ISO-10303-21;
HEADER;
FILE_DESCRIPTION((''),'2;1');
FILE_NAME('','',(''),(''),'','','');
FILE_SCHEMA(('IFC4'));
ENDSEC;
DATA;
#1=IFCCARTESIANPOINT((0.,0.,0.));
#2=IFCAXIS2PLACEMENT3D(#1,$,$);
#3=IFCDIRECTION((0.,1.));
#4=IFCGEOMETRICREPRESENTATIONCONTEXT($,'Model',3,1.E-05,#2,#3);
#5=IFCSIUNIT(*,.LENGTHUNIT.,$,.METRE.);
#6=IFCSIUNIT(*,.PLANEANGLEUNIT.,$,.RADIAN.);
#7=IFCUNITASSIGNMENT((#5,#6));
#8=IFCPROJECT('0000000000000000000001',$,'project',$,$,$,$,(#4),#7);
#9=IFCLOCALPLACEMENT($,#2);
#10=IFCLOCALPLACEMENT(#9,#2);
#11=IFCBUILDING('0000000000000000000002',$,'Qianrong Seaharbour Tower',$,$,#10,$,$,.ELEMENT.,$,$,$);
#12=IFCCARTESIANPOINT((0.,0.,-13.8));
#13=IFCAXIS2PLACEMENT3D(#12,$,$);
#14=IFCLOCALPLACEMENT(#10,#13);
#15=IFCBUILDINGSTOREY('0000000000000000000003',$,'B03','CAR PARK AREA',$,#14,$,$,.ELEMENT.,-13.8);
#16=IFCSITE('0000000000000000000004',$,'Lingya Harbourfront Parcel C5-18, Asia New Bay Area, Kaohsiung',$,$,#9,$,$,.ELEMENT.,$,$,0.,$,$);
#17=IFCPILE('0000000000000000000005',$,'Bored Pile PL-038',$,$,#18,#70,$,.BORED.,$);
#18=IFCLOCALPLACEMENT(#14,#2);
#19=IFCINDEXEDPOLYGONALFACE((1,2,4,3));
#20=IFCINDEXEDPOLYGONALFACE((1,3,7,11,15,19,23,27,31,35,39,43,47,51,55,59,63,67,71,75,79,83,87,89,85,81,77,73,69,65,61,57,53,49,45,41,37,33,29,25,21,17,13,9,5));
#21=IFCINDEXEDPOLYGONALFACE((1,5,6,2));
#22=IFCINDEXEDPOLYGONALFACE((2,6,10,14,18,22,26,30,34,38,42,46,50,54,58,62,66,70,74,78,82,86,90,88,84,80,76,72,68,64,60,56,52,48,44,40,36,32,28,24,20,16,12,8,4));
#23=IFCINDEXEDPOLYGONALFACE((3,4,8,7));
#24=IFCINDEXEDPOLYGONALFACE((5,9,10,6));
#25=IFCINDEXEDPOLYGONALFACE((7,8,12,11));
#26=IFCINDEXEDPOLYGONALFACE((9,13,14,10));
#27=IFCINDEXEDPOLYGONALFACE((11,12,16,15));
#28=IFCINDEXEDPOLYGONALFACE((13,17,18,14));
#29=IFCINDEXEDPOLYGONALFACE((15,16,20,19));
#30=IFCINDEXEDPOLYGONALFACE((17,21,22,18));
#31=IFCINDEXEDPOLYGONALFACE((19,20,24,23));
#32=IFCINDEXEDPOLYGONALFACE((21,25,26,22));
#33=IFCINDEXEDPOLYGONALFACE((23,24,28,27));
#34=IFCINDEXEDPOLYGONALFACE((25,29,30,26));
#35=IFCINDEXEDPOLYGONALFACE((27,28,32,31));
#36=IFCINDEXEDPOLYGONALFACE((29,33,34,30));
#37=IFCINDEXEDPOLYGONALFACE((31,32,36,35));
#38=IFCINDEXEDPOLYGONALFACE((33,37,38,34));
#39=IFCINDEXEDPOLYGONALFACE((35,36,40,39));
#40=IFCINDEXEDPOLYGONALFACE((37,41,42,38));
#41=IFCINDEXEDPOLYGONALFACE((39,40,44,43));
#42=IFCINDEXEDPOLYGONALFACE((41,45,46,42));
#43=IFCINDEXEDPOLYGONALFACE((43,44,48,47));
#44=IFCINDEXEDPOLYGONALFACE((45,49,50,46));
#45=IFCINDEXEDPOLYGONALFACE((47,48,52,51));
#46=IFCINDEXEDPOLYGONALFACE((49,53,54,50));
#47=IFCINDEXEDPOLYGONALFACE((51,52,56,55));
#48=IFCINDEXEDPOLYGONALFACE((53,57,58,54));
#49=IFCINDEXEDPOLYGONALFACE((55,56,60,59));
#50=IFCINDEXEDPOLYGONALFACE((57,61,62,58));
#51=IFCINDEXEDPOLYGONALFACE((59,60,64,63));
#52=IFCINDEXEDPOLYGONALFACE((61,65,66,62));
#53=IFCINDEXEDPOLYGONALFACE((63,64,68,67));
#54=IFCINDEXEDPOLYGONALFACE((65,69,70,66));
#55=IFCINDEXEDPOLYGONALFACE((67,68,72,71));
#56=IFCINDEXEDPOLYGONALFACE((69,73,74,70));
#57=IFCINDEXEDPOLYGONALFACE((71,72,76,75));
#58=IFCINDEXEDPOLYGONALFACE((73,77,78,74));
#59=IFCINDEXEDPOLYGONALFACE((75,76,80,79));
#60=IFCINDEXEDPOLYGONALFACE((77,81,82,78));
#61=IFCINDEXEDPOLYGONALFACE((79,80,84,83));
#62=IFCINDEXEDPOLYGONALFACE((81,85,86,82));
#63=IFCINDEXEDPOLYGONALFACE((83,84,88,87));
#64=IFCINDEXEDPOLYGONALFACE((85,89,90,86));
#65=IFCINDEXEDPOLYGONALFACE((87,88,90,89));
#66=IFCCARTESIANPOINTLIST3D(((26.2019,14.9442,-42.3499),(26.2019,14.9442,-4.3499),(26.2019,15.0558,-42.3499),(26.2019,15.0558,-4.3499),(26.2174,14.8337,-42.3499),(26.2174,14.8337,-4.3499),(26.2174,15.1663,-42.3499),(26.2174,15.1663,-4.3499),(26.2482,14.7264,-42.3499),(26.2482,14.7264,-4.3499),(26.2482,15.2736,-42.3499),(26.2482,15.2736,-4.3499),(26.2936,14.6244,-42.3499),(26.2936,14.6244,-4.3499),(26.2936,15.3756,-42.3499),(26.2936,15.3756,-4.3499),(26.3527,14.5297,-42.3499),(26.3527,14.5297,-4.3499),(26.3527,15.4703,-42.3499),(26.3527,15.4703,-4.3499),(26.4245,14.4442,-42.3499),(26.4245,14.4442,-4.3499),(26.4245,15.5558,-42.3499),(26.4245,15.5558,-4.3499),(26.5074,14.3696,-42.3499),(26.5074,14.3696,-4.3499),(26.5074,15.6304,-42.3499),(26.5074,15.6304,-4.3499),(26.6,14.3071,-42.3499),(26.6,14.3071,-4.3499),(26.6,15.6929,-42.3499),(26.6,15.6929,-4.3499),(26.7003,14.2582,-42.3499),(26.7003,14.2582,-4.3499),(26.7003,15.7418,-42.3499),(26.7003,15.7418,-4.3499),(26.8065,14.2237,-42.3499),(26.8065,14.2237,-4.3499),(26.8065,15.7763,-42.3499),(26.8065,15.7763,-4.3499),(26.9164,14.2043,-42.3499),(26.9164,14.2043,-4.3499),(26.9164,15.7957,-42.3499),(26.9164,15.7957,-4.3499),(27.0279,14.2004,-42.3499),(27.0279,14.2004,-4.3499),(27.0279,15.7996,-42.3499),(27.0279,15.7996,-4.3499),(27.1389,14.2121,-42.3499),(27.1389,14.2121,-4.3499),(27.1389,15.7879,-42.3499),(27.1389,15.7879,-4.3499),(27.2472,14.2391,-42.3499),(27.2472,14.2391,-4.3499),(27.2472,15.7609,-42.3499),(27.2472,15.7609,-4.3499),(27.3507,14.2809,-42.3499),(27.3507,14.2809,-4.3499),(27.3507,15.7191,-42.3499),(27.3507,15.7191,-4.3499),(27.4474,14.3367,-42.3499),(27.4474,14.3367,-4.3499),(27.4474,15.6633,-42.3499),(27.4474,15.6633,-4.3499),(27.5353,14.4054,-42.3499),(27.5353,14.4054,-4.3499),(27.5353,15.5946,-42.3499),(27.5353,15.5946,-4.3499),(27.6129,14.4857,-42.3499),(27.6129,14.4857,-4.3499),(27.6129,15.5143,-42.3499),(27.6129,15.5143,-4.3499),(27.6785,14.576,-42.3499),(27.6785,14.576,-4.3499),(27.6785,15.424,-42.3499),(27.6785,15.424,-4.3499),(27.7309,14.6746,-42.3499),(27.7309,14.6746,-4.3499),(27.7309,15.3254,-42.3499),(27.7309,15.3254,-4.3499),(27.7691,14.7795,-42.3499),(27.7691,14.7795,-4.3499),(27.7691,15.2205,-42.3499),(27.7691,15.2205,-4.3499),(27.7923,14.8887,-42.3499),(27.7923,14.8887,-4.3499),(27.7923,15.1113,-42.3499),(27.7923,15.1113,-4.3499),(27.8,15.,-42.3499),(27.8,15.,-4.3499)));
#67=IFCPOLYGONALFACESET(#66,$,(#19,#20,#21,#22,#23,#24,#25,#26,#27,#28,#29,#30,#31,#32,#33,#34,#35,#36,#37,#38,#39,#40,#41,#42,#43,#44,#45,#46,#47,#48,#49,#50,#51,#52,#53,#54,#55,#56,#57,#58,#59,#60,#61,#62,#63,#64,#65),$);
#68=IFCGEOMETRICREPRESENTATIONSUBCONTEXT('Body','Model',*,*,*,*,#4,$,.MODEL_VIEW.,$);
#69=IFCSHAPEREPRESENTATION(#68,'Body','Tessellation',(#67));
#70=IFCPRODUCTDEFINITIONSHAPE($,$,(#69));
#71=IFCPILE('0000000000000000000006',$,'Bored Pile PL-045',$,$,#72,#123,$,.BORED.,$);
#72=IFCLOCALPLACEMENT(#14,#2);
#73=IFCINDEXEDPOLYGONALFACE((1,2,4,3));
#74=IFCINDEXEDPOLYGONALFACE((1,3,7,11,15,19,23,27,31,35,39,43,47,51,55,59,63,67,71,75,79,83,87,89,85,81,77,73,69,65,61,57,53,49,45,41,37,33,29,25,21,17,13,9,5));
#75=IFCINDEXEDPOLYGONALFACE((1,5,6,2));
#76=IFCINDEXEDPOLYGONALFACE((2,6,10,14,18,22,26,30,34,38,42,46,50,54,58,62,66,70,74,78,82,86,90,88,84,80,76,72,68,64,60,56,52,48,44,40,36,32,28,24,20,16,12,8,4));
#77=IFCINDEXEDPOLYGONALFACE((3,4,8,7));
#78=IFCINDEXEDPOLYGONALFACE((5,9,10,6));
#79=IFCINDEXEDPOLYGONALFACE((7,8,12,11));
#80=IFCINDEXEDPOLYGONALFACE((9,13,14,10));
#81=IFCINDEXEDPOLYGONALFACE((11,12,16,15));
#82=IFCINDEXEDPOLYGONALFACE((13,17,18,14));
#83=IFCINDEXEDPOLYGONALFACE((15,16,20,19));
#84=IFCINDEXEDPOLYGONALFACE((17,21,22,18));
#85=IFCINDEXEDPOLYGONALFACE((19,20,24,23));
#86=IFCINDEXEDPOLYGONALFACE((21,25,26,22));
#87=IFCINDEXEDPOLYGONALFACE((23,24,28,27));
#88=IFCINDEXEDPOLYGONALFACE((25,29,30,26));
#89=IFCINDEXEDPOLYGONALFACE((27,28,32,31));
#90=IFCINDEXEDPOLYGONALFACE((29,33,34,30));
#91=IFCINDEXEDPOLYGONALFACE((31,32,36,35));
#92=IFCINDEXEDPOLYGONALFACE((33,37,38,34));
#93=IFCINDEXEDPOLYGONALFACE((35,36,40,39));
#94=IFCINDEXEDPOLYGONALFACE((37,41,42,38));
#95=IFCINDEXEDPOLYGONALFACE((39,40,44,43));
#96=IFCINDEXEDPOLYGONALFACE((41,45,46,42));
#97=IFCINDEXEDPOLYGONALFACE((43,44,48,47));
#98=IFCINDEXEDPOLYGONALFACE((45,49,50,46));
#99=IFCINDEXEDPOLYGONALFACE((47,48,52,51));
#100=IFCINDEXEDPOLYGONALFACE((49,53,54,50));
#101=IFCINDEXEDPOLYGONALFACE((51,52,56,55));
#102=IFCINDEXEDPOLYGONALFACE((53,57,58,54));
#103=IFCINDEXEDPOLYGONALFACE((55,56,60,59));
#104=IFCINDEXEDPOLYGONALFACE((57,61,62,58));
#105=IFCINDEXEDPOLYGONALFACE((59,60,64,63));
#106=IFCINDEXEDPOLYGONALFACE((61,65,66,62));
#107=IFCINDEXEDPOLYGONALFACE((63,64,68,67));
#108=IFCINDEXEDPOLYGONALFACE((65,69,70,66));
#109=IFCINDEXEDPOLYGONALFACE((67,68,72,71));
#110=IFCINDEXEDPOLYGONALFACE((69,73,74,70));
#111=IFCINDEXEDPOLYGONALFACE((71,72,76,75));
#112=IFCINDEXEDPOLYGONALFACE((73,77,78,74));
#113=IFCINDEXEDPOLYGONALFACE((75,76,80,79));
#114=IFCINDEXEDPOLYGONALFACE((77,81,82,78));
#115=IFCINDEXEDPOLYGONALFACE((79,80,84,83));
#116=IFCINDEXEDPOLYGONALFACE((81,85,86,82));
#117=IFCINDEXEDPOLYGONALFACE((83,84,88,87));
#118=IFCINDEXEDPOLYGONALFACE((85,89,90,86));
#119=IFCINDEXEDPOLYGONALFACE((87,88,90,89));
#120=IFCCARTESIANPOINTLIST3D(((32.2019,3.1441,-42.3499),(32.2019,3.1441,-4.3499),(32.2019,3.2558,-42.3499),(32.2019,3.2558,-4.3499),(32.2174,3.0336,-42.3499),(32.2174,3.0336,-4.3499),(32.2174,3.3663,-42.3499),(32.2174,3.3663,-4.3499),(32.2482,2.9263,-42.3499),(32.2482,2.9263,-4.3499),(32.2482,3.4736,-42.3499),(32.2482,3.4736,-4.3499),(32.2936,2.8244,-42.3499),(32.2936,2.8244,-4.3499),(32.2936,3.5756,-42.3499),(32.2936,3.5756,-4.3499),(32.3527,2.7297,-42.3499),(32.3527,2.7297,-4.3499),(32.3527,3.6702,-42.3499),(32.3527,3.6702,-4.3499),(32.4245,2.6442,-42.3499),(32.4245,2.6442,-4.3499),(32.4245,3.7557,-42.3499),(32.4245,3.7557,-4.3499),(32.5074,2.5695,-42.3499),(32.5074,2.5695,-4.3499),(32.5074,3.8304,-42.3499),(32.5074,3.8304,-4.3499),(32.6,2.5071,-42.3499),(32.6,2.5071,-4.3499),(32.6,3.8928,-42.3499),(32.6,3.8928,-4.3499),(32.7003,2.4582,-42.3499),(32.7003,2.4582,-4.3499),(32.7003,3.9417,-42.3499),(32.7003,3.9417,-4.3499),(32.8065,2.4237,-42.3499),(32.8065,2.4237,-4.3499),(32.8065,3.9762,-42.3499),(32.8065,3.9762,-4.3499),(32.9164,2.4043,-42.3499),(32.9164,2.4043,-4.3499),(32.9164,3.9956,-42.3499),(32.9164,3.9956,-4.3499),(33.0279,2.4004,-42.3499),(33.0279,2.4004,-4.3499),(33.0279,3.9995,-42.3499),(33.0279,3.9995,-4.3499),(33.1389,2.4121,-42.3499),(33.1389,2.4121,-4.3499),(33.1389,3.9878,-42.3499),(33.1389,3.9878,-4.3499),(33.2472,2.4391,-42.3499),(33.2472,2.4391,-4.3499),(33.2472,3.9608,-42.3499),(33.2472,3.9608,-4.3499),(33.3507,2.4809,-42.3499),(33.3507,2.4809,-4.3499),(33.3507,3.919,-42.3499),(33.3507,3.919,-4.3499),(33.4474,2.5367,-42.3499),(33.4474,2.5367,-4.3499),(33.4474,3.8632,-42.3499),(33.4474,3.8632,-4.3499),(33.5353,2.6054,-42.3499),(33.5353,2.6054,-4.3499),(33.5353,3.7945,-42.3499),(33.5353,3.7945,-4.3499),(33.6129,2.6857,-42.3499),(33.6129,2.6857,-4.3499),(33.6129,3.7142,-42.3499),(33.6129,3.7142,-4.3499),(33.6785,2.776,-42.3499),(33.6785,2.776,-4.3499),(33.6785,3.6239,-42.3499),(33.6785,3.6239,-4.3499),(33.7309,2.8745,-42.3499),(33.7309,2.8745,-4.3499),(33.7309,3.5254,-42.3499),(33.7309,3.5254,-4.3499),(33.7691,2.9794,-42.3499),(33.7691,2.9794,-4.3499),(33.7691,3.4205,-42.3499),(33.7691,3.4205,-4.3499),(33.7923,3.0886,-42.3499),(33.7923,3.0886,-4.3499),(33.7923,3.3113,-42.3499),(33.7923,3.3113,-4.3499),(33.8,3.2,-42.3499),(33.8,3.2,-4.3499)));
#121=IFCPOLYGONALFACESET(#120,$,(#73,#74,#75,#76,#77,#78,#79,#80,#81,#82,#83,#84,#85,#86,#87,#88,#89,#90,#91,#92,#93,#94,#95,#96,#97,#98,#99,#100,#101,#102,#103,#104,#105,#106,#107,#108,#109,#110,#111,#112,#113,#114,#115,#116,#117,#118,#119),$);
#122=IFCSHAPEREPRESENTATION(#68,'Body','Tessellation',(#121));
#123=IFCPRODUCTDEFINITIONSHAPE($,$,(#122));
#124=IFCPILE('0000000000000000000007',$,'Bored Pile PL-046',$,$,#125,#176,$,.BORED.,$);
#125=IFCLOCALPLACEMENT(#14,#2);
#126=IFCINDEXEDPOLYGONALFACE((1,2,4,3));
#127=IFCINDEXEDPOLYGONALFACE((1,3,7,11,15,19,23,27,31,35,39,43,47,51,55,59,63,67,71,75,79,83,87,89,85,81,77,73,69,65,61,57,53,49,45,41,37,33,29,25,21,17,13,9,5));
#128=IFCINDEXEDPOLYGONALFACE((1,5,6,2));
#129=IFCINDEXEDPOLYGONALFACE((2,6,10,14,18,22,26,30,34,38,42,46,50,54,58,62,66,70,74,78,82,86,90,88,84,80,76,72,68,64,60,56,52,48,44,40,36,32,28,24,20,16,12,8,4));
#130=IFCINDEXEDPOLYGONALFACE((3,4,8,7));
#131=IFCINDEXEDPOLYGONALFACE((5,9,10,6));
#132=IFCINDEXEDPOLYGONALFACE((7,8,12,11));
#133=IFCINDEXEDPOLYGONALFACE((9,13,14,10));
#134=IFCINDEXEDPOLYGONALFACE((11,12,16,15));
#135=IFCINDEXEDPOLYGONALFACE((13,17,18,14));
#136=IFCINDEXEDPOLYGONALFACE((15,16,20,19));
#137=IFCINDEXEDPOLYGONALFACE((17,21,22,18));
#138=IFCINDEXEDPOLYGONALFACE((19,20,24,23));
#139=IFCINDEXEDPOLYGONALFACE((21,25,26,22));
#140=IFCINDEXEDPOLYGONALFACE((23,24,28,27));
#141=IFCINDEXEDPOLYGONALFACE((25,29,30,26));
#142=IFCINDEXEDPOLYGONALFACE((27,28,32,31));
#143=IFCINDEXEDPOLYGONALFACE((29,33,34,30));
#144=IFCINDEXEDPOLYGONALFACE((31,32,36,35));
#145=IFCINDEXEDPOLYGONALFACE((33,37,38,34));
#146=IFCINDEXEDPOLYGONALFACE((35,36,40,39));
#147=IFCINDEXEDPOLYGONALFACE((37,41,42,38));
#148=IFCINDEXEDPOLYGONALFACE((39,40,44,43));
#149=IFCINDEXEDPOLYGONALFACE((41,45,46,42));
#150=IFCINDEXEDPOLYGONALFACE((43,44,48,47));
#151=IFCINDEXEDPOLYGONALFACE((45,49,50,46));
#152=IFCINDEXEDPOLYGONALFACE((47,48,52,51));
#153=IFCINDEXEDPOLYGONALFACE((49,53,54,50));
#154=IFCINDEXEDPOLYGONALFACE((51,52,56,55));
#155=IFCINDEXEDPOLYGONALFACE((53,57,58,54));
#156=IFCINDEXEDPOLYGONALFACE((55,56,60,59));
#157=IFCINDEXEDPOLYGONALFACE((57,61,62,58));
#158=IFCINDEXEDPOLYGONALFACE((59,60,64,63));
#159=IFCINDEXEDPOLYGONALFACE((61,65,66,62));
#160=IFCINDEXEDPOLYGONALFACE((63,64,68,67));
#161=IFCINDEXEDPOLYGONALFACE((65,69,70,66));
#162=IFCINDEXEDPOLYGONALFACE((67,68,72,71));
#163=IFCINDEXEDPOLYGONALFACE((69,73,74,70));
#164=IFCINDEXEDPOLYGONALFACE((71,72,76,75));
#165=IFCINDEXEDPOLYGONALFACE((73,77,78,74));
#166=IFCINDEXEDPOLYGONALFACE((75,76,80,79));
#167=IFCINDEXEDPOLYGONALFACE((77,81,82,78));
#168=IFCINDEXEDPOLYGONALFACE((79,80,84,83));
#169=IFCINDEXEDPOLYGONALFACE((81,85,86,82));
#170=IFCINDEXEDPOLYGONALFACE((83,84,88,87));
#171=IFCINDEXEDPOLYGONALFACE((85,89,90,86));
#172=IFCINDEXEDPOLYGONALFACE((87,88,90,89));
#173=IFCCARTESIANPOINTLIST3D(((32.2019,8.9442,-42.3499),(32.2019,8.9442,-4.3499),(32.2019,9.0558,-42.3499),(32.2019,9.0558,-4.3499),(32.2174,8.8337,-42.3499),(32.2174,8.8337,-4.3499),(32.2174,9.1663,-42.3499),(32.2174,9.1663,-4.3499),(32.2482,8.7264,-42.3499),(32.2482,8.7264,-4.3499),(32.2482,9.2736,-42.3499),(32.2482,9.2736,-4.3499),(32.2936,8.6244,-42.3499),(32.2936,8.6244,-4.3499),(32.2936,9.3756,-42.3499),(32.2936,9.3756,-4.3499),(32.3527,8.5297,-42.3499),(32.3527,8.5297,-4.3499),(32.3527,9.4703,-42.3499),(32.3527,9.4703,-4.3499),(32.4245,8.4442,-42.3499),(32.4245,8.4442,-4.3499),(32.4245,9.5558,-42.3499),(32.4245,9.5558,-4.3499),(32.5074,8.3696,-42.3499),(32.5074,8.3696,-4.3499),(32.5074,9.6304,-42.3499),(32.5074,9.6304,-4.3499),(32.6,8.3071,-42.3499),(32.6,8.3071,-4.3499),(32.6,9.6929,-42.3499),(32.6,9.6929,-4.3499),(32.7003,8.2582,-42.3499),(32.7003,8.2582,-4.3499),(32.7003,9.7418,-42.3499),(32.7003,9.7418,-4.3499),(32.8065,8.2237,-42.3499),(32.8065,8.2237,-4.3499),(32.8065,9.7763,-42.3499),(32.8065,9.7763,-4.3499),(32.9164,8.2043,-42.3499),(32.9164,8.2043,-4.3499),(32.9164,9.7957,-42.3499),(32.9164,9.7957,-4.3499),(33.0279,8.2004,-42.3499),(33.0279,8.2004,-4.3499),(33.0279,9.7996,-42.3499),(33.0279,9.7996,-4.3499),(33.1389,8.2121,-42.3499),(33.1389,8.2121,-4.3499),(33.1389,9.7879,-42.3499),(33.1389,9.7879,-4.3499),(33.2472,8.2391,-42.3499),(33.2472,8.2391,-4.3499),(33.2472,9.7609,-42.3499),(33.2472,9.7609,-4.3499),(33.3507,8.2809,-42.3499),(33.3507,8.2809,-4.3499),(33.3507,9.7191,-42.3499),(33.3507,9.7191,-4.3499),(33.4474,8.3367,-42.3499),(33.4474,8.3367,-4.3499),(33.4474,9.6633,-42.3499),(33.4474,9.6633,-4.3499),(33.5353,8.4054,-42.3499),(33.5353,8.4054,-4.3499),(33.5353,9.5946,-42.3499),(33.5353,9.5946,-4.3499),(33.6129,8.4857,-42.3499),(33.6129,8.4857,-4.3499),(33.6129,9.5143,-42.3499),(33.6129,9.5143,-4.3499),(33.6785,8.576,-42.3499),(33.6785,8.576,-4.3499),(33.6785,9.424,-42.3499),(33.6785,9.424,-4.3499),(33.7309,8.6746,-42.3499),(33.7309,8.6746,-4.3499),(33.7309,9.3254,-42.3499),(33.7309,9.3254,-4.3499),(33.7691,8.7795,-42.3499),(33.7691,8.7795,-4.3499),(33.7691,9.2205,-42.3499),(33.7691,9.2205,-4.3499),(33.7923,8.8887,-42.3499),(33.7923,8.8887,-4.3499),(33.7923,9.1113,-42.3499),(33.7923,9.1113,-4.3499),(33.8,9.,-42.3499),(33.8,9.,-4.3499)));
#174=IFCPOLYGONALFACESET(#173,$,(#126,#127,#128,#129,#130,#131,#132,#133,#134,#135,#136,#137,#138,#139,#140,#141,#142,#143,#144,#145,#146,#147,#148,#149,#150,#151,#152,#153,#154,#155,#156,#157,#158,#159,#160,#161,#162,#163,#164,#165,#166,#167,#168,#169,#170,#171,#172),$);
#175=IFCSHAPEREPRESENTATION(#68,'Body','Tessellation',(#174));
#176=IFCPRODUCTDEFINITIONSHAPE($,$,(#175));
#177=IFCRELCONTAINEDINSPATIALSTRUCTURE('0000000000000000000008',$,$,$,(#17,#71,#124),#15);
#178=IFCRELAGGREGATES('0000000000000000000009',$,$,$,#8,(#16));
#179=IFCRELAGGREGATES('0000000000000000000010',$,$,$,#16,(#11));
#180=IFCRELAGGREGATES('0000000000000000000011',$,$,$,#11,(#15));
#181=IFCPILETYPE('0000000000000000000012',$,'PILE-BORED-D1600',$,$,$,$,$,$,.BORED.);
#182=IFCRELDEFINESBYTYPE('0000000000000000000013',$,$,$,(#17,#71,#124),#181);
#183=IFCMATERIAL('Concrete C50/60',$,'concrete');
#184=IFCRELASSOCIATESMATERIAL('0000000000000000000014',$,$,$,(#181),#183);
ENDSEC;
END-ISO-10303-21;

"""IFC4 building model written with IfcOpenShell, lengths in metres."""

from ifc_helpers import new_model, si_unit, direction, frame, origin, origin_2d, place, context, subcontext, project, spatial, circle, extrude, material, material_profile, profile_set, type_object, element, save


model = new_model("IFC4")

# Units and contexts
model_context = context("Model", 3, precision=1e-05, world=origin(), true_north=direction((0.0, 1.0)))
body_context = subcontext(model_context, "Body", "Model", "MODEL_VIEW")
ifc_project = project(units=[si_unit("LENGTHUNIT", "METRE"), si_unit("PLANEANGLEUNIT", "RADIAN")], contexts=[model_context])

# Site, building, storey
site_placement = place(None, origin())
site = spatial("IfcSite", under=ifc_project, at=site_placement, Name="Lingya Harbourfront Parcel C5-18, Asia New Bay Area, Kaohsiung", CompositionType="ELEMENT", RefElevation=0.0)
building_placement = place(site_placement, origin())
building = spatial("IfcBuilding", under=site, at=building_placement, Name="Qianrong Seaharbour Tower", CompositionType="ELEMENT")
storey_placement = place(building_placement, frame((0.0, 0.0, -13.8)))
storey = spatial("IfcBuildingStorey", under=building, at=storey_placement, Name="B03", Description="CAR PARK AREA", CompositionType="ELEMENT", Elevation=-13.8)

# Piles
ifc_material_1 = material(Name="Concrete C50/60", Category="concrete")
ifc_material_profile_1 = material_profile(ifc_material_1, circle(Radius=0.8, at=origin_2d()), Name="PILE-D1600")
ifc_profile_set_1 = profile_set([ifc_material_profile_1], Name="Concrete C50/60")
pile_type_1 = type_object("IfcPileType", Name="PILE-BORED-D1600", PredefinedType="BORED", material=ifc_profile_set_1)
for number, where, z_axis, x_axis, name in (
    (1, (27.0, 15.0, -4.3499), (0.0, 0.0, -1.0), (1.0, 0.0, 0.0), "Bored Pile PL-038"),
    (2, (33.0, 3.2, -4.3499), (0.0, 0.0, -1.0), (1.0, 0.0, 0.0), "Bored Pile PL-045"),
    (3, (33.0, 9.0, -4.3499), (0.0, 0.0, -1.0), (1.0, 0.0, 0.0), "Bored Pile PL-046"),
):
    element("IfcPile", number, at=place(storey_placement, frame(where, z_axis=z_axis, x_axis=x_axis)), inside=storey, type_object=pile_type_1, Name=name, PredefinedType="BORED", context=body_context, shape_type="SweptSolid", body=[
        extrude(circle(Radius=0.8, at=origin_2d()), origin(), (0.0, 0.0, 1.0), 38.0),
    ])

save(model, "model.ifc")
